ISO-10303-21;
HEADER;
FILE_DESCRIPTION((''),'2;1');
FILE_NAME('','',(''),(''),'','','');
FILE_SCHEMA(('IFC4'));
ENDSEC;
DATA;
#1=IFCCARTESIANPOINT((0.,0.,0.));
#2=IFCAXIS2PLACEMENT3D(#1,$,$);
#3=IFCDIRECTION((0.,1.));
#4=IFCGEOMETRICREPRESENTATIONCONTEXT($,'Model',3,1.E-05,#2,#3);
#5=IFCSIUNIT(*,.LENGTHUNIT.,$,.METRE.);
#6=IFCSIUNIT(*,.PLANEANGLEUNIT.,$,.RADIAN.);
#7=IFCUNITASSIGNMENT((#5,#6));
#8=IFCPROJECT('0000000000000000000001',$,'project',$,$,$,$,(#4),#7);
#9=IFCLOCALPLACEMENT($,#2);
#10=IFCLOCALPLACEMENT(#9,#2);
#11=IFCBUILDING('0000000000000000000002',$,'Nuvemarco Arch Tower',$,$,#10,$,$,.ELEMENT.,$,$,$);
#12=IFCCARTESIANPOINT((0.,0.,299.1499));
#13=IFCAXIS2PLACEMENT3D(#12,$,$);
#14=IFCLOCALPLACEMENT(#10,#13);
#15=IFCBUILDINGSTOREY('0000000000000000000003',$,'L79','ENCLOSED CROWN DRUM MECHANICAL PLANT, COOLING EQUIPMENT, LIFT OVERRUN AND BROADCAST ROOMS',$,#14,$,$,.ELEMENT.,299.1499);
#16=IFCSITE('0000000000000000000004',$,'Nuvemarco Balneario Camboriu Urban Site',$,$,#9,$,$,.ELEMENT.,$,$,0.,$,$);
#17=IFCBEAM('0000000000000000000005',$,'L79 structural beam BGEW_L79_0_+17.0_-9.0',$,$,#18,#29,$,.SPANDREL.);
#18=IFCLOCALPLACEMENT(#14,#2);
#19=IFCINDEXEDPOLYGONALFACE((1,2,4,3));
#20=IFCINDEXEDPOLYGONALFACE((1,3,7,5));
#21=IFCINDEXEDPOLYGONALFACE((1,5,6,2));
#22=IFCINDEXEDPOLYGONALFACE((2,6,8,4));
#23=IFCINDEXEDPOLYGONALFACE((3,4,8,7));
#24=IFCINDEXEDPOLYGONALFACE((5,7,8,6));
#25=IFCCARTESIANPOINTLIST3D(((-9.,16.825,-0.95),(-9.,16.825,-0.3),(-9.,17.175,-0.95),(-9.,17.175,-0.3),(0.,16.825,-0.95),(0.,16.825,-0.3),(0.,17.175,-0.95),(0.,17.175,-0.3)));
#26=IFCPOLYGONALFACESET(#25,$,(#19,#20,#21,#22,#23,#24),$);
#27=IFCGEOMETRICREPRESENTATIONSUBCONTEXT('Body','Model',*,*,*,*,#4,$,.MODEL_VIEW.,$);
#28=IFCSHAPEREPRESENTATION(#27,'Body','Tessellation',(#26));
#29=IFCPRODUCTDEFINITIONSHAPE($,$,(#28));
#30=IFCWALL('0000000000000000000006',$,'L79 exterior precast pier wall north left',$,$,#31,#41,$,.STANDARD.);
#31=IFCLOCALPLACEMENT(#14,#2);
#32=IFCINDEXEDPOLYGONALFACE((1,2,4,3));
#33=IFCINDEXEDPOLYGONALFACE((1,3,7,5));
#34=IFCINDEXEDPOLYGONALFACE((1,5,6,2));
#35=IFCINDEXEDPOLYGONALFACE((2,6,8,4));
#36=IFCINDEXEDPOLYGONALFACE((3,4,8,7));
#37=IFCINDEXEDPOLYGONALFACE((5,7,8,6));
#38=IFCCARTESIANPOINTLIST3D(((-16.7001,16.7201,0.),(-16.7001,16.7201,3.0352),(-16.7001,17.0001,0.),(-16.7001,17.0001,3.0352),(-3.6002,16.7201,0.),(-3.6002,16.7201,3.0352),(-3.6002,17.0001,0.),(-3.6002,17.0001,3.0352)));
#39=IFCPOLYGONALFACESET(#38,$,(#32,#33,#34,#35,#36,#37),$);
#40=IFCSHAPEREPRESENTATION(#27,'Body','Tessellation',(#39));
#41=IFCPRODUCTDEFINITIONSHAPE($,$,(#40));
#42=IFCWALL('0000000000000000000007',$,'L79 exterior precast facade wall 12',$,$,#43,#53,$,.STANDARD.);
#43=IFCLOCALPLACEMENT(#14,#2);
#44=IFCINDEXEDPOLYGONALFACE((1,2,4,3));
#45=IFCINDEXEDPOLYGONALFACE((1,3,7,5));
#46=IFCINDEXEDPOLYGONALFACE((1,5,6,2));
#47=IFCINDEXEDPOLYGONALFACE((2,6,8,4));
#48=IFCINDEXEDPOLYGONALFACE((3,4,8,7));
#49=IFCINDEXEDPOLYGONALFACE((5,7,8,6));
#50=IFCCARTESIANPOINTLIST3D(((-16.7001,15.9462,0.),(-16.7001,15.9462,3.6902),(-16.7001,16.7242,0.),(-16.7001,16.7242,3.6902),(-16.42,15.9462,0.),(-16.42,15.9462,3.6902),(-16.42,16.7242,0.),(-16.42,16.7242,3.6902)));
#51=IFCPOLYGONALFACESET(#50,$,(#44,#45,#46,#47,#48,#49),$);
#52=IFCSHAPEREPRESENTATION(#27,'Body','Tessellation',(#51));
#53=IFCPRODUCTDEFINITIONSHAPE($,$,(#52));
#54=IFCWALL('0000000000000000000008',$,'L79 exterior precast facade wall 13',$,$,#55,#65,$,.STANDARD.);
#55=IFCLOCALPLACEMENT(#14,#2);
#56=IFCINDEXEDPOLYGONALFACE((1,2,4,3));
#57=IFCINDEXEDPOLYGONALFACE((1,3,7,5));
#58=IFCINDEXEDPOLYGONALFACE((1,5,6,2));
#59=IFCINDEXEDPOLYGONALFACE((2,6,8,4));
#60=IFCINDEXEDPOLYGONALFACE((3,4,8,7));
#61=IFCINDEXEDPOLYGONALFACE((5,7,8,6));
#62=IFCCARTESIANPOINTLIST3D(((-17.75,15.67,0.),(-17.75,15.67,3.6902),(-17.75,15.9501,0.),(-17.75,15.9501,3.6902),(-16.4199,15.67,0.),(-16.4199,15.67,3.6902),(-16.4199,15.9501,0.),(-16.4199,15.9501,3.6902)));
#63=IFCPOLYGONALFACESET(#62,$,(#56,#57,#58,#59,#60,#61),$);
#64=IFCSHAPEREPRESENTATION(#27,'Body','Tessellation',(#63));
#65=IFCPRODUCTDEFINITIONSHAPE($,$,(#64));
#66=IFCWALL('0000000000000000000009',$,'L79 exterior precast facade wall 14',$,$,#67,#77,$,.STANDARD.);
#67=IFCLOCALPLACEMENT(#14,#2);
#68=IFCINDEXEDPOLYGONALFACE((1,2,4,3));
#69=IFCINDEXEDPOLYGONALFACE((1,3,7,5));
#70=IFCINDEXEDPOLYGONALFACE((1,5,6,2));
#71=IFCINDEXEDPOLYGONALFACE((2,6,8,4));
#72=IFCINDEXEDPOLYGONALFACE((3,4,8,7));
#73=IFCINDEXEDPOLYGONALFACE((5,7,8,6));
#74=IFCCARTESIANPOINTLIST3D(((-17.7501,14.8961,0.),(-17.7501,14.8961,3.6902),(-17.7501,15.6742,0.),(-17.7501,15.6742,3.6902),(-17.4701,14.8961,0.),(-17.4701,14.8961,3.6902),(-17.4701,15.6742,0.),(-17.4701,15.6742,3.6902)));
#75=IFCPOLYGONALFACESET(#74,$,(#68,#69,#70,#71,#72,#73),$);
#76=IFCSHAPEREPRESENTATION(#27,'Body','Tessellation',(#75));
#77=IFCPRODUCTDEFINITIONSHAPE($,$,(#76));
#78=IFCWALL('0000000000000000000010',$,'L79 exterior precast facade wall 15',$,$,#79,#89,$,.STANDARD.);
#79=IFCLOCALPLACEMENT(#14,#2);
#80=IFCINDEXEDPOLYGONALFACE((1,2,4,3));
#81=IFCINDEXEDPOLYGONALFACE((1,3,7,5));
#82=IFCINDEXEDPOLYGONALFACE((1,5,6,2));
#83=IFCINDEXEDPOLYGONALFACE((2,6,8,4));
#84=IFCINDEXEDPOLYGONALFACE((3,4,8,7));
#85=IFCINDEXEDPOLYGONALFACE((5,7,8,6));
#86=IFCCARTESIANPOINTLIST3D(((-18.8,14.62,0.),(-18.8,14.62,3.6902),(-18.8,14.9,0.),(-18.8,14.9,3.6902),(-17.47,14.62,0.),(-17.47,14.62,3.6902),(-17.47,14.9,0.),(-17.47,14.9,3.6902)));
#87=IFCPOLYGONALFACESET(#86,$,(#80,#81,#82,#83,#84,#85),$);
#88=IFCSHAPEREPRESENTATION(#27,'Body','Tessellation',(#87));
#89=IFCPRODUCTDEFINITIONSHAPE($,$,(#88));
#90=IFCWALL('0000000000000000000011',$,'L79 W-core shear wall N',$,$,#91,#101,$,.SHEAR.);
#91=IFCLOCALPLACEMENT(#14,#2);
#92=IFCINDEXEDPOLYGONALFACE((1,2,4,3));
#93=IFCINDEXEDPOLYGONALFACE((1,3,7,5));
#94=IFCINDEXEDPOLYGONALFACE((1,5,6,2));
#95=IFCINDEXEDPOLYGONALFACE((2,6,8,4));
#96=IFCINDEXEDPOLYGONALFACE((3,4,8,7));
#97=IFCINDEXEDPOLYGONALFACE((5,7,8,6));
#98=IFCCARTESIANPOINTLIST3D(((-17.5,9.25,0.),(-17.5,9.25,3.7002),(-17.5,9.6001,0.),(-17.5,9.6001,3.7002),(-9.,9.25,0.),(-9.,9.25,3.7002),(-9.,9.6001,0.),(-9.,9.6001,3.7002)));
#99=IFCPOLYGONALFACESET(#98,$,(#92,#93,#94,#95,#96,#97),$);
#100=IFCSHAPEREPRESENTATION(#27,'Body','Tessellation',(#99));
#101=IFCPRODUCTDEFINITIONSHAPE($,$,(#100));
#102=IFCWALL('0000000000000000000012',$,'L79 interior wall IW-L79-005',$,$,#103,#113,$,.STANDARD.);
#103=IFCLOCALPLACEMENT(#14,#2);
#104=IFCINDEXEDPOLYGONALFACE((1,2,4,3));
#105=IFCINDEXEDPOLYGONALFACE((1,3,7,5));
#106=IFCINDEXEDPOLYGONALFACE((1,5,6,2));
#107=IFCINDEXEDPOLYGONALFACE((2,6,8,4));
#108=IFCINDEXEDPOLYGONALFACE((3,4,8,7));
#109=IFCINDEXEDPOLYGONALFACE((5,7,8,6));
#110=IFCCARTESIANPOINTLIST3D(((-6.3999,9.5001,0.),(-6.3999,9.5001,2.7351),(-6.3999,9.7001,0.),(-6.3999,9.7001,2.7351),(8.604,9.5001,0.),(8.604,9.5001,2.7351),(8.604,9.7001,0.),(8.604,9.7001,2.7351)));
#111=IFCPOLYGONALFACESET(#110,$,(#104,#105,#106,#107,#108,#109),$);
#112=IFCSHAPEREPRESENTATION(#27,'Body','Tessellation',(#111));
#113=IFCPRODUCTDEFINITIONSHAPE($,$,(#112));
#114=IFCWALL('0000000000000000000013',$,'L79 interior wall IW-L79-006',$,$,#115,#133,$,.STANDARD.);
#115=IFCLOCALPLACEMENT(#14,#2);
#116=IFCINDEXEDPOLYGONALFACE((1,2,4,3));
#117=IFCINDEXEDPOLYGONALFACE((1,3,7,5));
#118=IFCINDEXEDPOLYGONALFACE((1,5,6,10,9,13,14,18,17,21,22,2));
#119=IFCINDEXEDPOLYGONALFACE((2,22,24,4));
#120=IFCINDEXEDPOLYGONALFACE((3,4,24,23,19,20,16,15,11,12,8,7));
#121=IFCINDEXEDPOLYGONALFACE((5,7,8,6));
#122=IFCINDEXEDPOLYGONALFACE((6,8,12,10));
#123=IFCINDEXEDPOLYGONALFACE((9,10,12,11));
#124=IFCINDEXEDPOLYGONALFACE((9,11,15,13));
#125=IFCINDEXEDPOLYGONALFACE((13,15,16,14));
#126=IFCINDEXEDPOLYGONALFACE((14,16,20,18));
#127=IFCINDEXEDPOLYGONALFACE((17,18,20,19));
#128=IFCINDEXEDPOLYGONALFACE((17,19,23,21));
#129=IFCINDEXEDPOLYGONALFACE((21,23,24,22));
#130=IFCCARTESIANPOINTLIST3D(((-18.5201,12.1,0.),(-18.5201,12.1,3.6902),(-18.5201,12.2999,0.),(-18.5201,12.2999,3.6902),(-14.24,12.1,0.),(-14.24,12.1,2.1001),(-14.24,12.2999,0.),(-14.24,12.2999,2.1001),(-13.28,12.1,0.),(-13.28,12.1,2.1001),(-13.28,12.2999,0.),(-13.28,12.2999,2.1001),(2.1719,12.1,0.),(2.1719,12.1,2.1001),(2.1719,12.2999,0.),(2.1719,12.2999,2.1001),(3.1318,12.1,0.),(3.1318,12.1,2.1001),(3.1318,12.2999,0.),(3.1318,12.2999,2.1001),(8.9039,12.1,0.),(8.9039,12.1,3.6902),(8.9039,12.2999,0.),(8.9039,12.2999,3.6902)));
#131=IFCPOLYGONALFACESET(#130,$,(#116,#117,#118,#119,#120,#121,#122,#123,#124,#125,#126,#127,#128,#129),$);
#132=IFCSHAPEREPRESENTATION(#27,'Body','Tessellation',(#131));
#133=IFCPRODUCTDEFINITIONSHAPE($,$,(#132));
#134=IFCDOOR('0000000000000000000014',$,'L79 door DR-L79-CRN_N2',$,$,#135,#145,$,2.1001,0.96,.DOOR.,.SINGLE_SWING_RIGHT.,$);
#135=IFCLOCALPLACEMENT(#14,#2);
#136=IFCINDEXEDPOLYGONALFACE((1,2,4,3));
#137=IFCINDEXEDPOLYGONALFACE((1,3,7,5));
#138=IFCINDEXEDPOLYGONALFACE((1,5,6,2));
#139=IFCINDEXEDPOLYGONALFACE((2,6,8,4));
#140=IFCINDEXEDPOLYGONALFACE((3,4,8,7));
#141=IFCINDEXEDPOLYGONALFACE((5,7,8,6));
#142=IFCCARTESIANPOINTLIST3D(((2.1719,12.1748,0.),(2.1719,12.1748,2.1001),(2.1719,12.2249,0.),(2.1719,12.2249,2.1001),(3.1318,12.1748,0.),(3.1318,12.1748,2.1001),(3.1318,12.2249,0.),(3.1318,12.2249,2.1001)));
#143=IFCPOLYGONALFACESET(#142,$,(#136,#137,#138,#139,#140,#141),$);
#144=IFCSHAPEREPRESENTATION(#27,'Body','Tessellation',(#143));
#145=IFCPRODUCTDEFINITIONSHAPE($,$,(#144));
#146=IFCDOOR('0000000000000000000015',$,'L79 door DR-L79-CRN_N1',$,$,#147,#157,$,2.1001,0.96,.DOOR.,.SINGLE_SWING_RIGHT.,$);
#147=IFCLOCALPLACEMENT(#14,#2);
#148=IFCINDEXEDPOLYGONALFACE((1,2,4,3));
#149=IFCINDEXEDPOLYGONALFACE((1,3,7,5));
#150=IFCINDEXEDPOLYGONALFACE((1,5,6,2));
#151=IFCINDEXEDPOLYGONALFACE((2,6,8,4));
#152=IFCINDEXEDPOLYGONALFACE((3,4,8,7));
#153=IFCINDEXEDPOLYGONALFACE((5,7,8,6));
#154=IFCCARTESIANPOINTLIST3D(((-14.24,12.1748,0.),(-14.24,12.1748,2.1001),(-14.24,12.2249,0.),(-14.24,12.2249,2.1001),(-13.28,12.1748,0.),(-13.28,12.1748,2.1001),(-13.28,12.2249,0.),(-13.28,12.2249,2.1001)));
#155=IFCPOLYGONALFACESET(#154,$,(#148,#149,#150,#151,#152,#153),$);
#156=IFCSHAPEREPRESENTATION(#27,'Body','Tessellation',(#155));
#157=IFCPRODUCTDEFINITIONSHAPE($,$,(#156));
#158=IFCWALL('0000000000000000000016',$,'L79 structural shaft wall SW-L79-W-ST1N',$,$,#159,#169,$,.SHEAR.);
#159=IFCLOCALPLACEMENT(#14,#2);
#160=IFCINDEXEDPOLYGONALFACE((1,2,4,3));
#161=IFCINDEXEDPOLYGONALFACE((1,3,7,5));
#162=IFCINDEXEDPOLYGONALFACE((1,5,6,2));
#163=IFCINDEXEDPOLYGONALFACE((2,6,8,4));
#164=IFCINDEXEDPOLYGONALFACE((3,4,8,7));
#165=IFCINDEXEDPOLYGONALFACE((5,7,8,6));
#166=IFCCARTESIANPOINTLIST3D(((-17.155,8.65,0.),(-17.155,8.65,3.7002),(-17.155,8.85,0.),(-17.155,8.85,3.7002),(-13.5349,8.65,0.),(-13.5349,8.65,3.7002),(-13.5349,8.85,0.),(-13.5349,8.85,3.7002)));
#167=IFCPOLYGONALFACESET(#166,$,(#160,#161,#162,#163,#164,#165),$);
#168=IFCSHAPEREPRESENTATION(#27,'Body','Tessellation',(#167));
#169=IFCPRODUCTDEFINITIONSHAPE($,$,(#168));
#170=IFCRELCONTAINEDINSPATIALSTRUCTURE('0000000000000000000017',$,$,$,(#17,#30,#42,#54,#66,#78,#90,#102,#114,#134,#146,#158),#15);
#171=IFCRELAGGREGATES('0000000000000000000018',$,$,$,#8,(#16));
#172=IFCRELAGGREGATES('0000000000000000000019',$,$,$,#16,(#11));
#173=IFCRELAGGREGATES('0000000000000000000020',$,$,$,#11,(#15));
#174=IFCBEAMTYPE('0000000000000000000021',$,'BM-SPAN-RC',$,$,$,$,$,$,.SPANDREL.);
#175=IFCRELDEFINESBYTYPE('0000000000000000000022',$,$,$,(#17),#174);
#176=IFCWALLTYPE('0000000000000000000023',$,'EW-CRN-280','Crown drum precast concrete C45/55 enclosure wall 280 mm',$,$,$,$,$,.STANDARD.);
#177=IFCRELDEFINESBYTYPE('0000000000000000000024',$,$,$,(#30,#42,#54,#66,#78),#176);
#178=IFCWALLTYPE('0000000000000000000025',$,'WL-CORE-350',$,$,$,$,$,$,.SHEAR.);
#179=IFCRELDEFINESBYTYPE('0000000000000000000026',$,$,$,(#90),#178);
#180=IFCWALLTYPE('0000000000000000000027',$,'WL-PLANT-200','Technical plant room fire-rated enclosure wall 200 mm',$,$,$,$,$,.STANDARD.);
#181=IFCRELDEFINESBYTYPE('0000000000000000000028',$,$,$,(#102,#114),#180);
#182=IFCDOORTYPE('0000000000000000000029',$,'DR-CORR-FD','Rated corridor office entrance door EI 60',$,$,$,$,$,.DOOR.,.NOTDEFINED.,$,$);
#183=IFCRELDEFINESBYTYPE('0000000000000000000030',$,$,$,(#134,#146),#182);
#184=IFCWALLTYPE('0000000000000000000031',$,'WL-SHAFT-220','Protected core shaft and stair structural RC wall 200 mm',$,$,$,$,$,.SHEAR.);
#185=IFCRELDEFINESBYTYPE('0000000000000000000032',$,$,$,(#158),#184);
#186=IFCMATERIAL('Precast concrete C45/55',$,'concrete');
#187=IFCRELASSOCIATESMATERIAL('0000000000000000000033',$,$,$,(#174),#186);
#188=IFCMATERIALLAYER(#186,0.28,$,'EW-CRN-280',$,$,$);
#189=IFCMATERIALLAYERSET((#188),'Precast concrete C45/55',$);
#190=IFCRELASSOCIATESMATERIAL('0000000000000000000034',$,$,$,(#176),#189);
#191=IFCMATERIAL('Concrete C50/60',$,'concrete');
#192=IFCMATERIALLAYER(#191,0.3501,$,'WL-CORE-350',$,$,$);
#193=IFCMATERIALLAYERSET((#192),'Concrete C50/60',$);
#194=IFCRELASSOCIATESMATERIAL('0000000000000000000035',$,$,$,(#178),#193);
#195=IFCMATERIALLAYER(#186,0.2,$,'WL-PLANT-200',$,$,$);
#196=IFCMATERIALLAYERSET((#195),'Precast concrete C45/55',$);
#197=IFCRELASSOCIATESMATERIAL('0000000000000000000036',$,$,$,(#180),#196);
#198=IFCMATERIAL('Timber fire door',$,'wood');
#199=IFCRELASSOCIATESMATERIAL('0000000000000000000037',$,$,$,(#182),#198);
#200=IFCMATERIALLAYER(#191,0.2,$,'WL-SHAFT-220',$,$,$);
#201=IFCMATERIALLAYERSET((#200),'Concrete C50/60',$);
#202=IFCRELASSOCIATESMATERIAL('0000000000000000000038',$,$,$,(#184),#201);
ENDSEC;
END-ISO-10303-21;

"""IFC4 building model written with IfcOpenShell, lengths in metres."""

from ifc_helpers import new_model, si_unit, direction, frame, frame_2d, origin, origin_2d, place, context, subcontext, project, spatial, rectangle, extrude, source, transform, mapped, material, layer, layer_set, material_profile, profile_set, type_object, type_shapes, element, fill, save


model = new_model("IFC4")

# Units and contexts
model_context = context("Model", 3, precision=1e-05, world=origin(), true_north=direction((0.0, 1.0)))
body_context = subcontext(model_context, "Body", "Model", "MODEL_VIEW")
ifc_project = project(units=[si_unit("LENGTHUNIT", "METRE"), si_unit("PLANEANGLEUNIT", "RADIAN")], contexts=[model_context])

# Site, building, storey
site_placement = place(None, origin())
site = spatial("IfcSite", under=ifc_project, at=site_placement, Name="Nuvemarco Balneario Camboriu Urban Site", CompositionType="ELEMENT", RefElevation=0.0)
building_placement = place(site_placement, origin())
building = spatial("IfcBuilding", under=site, at=building_placement, Name="Nuvemarco Arch Tower", CompositionType="ELEMENT")
storey_placement = place(building_placement, frame((0.0, 0.0, 299.1499)))
storey = spatial("IfcBuildingStorey", under=building, at=storey_placement, Name="L79", Description="ENCLOSED CROWN DRUM MECHANICAL PLANT, COOLING EQUIPMENT, LIFT OVERRUN AND BROADCAST ROOMS", CompositionType="ELEMENT", Elevation=299.1499)

# Shared definitions
ifc_material_1 = material(Name="Concrete C50/60", Category="concrete")

# Beam
ifc_material_2 = material(Name="Precast concrete C45/55", Category="concrete")
ifc_material_profile_1 = material_profile(ifc_material_2, rectangle(XDim=0.3501, YDim=0.6499, at=origin_2d()), Name="PC-SP-350x650")
ifc_profile_set_1 = profile_set([ifc_material_profile_1], Name="Precast concrete C45/55")
beam_type_1 = type_object("IfcBeamType", Name="BM-SPAN-RC", PredefinedType="SPANDREL", material=ifc_profile_set_1)
beam_1_placement = place(storey_placement, frame((-9.0, 17.0, -0.625), z_axis=(1.0, 0.0, 0.0), x_axis=(0.0, 1.0, 0.0)))
element("IfcBeam", 1, at=beam_1_placement, inside=storey, type_object=beam_type_1, Name="L79 structural beam BGEW_L79_0_+17.0_-9.0", PredefinedType="SPANDREL", context=body_context, shape_type="SweptSolid", body=[
    extrude(rectangle(XDim=0.3501, YDim=0.6499, at=origin_2d()), origin(), (0.0, 0.0, 1.0), 9.0),
])

# Walls
ifc_layer_1 = layer(ifc_material_2, 0.28, Name="EW-CRN-280")
ifc_layer_set_1 = layer_set([ifc_layer_1], Name="Precast concrete C45/55")
wall_type_1 = type_object("IfcWallType", Name="EW-CRN-280", Description="Crown drum precast concrete C45/55 enclosure wall 280 mm", PredefinedType="STANDARD", material=ifc_layer_set_1)
wall_1_placement = place(storey_placement, frame((-16.7, 16.8601, 0.0), z_axis=(0.0, 0.0, 1.0), x_axis=(1.0, 0.0, 0.0)))
element("IfcWall", 2, at=wall_1_placement, inside=storey, type_object=wall_type_1, Name="L79 exterior precast pier wall north left", PredefinedType="STANDARD", context=body_context, shape_type="SweptSolid", body=[
    extrude(rectangle(XDim=13.0999, YDim=0.28, at=frame_2d((6.5498, 0.0))), origin(), (0.0, 0.0, 1.0), 3.0352),
])
wall_2_placement = place(storey_placement, frame((-16.5601, 15.946, 0.0), z_axis=(0.0, 0.0, 1.0), x_axis=(0.0, 1.0, 0.0)))
element("IfcWall", 3, at=wall_2_placement, inside=storey, type_object=wall_type_1, Name="L79 exterior precast facade wall 12", PredefinedType="STANDARD", context=body_context, shape_type="SweptSolid", body=[
    extrude(rectangle(XDim=0.7781, YDim=0.28, at=frame_2d((0.3892, 0.0))), origin(), (0.0, 0.0, 1.0), 3.6902),
])
wall_3_placement = place(storey_placement, frame((-17.75, 15.8101, 0.0), z_axis=(0.0, 0.0, 1.0), x_axis=(1.0, 0.0, 0.0)))
element("IfcWall", 4, at=wall_3_placement, inside=storey, type_object=wall_type_1, Name="L79 exterior precast facade wall 13", PredefinedType="STANDARD", context=body_context, shape_type="SweptSolid", body=[
    extrude(rectangle(XDim=1.3301, YDim=0.28, at=frame_2d((0.665, 0.0))), origin(), (0.0, 0.0, 1.0), 3.6902),
])
wall_4_placement = place(storey_placement, frame((-17.6101, 14.896, 0.0), z_axis=(0.0, 0.0, 1.0), x_axis=(0.0, 1.0, 0.0)))
element("IfcWall", 5, at=wall_4_placement, inside=storey, type_object=wall_type_1, Name="L79 exterior precast facade wall 14", PredefinedType="STANDARD", context=body_context, shape_type="SweptSolid", body=[
    extrude(rectangle(XDim=0.7781, YDim=0.28, at=frame_2d((0.3892, 0.0))), origin(), (0.0, 0.0, 1.0), 3.6902),
])
wall_5_placement = place(storey_placement, frame((-18.8, 14.76, 0.0), z_axis=(0.0, 0.0, 1.0), x_axis=(1.0, 0.0, 0.0)))
element("IfcWall", 6, at=wall_5_placement, inside=storey, type_object=wall_type_1, Name="L79 exterior precast facade wall 15", PredefinedType="STANDARD", context=body_context, shape_type="SweptSolid", body=[
    extrude(rectangle(XDim=1.3301, YDim=0.28, at=frame_2d((0.665, 0.0))), origin(), (0.0, 0.0, 1.0), 3.6902),
])
ifc_layer_2 = layer(ifc_material_1, 0.3501, Name="WL-CORE-350")
ifc_layer_set_2 = layer_set([ifc_layer_2], Name="Concrete C50/60")
wall_type_2 = type_object("IfcWallType", Name="WL-CORE-350", PredefinedType="SHEAR", material=ifc_layer_set_2)
wall_6_placement = place(storey_placement, frame((-17.5, 9.425, 0.0), z_axis=(0.0, 0.0, 1.0), x_axis=(1.0, 0.0, 0.0)))
element("IfcWall", 7, at=wall_6_placement, inside=storey, type_object=wall_type_2, Name="L79 W-core shear wall N", PredefinedType="SHEAR", context=body_context, shape_type="SweptSolid", body=[
    extrude(rectangle(XDim=8.5, YDim=0.3501, at=frame_2d((4.25, 0.0))), origin(), (0.0, 0.0, 1.0), 3.7002),
])
ifc_layer_3 = layer(ifc_material_2, 0.2, Name="WL-PLANT-200")
ifc_layer_set_3 = layer_set([ifc_layer_3], Name="Precast concrete C45/55")
wall_type_3 = type_object("IfcWallType", Name="WL-PLANT-200", Description="Technical plant room fire-rated enclosure wall 200 mm", PredefinedType="STANDARD", material=ifc_layer_set_3)
wall_7_placement = place(storey_placement, frame((-6.3999, 9.6001, 0.0), z_axis=(0.0, 0.0, 1.0), x_axis=(1.0, 0.0, 0.0)))
element("IfcWall", 8, at=wall_7_placement, inside=storey, type_object=wall_type_3, Name="L79 interior wall IW-L79-005", PredefinedType="STANDARD", context=body_context, shape_type="SweptSolid", body=[
    extrude(rectangle(XDim=15.0039, YDim=0.2, at=frame_2d((7.502, 0.0))), origin(), (0.0, 0.0, 1.0), 2.7351),
])

# Wall, openings, doors
wall_8_placement = place(storey_placement, frame((-18.52, 12.2, 0.0), z_axis=(0.0, 0.0, 1.0), x_axis=(1.0, 0.0, 0.0)))
wall_8 = element("IfcWall", 9, at=wall_8_placement, inside=storey, type_object=wall_type_3, Name="L79 interior wall IW-L79-006", PredefinedType="STANDARD", context=body_context, shape_type="SweptSolid", body=[
    extrude(rectangle(XDim=27.4241, YDim=0.2, at=frame_2d((13.7119, 0.0))), origin(), (0.0, 0.0, 1.0), 3.6902),
])
opening_1_placement = place(wall_8_placement, frame((20.6919, 0.0, 0.0)))
opening_1 = element("IfcOpeningElement", 10, at=opening_1_placement, cuts=wall_8, PredefinedType="OPENING", context=body_context, shape_type="SweptSolid", body=[
    extrude(rectangle(XDim=0.96, YDim=2.1001, at=frame_2d((0.48, 1.05))), frame((0.0, 0.1099, 0.0), z_axis=(0.0, -1.0, 0.0), x_axis=(1.0, 0.0, 0.0)), (0.0, 0.0, 1.0), 0.22),
])
opening_2_placement = place(wall_8_placement, frame((4.28, 0.0, 0.0)))
opening_2 = element("IfcOpeningElement", 11, at=opening_2_placement, cuts=wall_8, PredefinedType="OPENING", context=body_context, shape_type="SweptSolid", body=[
    extrude(rectangle(XDim=0.96, YDim=2.1001, at=frame_2d((0.48, 1.05))), frame((0.0, 0.1099, 0.0), z_axis=(0.0, -1.0, 0.0), x_axis=(1.0, 0.0, 0.0)), (0.0, 0.0, 1.0), 0.22),
])
ifc_material_3 = material(Name="Timber fire door", Category="wood")
door_type = type_object("IfcDoorType", Name="DR-CORR-FD", Description="Rated corridor office entrance door EI 60", OperationType="NOTDEFINED", PredefinedType="DOOR", material=ifc_material_3)
shared_shape_1 = source(origin(), body_context, "Body", "SweptSolid", [
    extrude(rectangle(XDim=0.96, YDim=2.1001, at=frame_2d((0.48, 1.05))), frame((0.0, 0.0249, 0.0), z_axis=(0.0, -1.0, 0.0), x_axis=(1.0, 0.0, 0.0)), (0.0, 0.0, 1.0), 0.05),
])
type_shapes(door_type, [shared_shape_1])
door_1_placement = place(opening_1_placement, origin())
door_1 = element("IfcDoor", 12, at=door_1_placement, inside=storey, type_object=door_type, Name="L79 door DR-L79-CRN_N2", OperationType="SINGLE_SWING_RIGHT", OverallHeight=2.1001, OverallWidth=0.96, PredefinedType="DOOR", context=body_context, shape_type="MappedRepresentation", body=[
    mapped(shared_shape_1, transform((0.0, 0.0, 0.0), scale=1.0)),
])
fill(opening_1, door_1)
door_2_placement = place(opening_2_placement, origin())
door_2 = element("IfcDoor", 13, at=door_2_placement, inside=storey, type_object=door_type, Name="L79 door DR-L79-CRN_N1", OperationType="SINGLE_SWING_RIGHT", OverallHeight=2.1001, OverallWidth=0.96, PredefinedType="DOOR", context=body_context, shape_type="MappedRepresentation", body=[
    mapped(shared_shape_1, transform((0.0, 0.0, 0.0), scale=1.0)),
])
fill(opening_2, door_2)

# Wall
ifc_layer_4 = layer(ifc_material_1, 0.2, Name="WL-SHAFT-220")
ifc_layer_set_4 = layer_set([ifc_layer_4], Name="Concrete C50/60")
wall_type_4 = type_object("IfcWallType", Name="WL-SHAFT-220", Description="Protected core shaft and stair structural RC wall 200 mm", PredefinedType="SHEAR", material=ifc_layer_set_4)
wall_9_placement = place(storey_placement, frame((-17.155, 8.75, 0.0), z_axis=(0.0, 0.0, 1.0), x_axis=(1.0, 0.0, 0.0)))
element("IfcWall", 14, at=wall_9_placement, inside=storey, type_object=wall_type_4, Name="L79 structural shaft wall SW-L79-W-ST1N", PredefinedType="SHEAR", context=body_context, shape_type="SweptSolid", body=[
    extrude(rectangle(XDim=3.6201, YDim=0.2, at=frame_2d((1.8101, 0.0))), origin(), (0.0, 0.0, 1.0), 3.7002),
])

save(model, "model.ifc")
